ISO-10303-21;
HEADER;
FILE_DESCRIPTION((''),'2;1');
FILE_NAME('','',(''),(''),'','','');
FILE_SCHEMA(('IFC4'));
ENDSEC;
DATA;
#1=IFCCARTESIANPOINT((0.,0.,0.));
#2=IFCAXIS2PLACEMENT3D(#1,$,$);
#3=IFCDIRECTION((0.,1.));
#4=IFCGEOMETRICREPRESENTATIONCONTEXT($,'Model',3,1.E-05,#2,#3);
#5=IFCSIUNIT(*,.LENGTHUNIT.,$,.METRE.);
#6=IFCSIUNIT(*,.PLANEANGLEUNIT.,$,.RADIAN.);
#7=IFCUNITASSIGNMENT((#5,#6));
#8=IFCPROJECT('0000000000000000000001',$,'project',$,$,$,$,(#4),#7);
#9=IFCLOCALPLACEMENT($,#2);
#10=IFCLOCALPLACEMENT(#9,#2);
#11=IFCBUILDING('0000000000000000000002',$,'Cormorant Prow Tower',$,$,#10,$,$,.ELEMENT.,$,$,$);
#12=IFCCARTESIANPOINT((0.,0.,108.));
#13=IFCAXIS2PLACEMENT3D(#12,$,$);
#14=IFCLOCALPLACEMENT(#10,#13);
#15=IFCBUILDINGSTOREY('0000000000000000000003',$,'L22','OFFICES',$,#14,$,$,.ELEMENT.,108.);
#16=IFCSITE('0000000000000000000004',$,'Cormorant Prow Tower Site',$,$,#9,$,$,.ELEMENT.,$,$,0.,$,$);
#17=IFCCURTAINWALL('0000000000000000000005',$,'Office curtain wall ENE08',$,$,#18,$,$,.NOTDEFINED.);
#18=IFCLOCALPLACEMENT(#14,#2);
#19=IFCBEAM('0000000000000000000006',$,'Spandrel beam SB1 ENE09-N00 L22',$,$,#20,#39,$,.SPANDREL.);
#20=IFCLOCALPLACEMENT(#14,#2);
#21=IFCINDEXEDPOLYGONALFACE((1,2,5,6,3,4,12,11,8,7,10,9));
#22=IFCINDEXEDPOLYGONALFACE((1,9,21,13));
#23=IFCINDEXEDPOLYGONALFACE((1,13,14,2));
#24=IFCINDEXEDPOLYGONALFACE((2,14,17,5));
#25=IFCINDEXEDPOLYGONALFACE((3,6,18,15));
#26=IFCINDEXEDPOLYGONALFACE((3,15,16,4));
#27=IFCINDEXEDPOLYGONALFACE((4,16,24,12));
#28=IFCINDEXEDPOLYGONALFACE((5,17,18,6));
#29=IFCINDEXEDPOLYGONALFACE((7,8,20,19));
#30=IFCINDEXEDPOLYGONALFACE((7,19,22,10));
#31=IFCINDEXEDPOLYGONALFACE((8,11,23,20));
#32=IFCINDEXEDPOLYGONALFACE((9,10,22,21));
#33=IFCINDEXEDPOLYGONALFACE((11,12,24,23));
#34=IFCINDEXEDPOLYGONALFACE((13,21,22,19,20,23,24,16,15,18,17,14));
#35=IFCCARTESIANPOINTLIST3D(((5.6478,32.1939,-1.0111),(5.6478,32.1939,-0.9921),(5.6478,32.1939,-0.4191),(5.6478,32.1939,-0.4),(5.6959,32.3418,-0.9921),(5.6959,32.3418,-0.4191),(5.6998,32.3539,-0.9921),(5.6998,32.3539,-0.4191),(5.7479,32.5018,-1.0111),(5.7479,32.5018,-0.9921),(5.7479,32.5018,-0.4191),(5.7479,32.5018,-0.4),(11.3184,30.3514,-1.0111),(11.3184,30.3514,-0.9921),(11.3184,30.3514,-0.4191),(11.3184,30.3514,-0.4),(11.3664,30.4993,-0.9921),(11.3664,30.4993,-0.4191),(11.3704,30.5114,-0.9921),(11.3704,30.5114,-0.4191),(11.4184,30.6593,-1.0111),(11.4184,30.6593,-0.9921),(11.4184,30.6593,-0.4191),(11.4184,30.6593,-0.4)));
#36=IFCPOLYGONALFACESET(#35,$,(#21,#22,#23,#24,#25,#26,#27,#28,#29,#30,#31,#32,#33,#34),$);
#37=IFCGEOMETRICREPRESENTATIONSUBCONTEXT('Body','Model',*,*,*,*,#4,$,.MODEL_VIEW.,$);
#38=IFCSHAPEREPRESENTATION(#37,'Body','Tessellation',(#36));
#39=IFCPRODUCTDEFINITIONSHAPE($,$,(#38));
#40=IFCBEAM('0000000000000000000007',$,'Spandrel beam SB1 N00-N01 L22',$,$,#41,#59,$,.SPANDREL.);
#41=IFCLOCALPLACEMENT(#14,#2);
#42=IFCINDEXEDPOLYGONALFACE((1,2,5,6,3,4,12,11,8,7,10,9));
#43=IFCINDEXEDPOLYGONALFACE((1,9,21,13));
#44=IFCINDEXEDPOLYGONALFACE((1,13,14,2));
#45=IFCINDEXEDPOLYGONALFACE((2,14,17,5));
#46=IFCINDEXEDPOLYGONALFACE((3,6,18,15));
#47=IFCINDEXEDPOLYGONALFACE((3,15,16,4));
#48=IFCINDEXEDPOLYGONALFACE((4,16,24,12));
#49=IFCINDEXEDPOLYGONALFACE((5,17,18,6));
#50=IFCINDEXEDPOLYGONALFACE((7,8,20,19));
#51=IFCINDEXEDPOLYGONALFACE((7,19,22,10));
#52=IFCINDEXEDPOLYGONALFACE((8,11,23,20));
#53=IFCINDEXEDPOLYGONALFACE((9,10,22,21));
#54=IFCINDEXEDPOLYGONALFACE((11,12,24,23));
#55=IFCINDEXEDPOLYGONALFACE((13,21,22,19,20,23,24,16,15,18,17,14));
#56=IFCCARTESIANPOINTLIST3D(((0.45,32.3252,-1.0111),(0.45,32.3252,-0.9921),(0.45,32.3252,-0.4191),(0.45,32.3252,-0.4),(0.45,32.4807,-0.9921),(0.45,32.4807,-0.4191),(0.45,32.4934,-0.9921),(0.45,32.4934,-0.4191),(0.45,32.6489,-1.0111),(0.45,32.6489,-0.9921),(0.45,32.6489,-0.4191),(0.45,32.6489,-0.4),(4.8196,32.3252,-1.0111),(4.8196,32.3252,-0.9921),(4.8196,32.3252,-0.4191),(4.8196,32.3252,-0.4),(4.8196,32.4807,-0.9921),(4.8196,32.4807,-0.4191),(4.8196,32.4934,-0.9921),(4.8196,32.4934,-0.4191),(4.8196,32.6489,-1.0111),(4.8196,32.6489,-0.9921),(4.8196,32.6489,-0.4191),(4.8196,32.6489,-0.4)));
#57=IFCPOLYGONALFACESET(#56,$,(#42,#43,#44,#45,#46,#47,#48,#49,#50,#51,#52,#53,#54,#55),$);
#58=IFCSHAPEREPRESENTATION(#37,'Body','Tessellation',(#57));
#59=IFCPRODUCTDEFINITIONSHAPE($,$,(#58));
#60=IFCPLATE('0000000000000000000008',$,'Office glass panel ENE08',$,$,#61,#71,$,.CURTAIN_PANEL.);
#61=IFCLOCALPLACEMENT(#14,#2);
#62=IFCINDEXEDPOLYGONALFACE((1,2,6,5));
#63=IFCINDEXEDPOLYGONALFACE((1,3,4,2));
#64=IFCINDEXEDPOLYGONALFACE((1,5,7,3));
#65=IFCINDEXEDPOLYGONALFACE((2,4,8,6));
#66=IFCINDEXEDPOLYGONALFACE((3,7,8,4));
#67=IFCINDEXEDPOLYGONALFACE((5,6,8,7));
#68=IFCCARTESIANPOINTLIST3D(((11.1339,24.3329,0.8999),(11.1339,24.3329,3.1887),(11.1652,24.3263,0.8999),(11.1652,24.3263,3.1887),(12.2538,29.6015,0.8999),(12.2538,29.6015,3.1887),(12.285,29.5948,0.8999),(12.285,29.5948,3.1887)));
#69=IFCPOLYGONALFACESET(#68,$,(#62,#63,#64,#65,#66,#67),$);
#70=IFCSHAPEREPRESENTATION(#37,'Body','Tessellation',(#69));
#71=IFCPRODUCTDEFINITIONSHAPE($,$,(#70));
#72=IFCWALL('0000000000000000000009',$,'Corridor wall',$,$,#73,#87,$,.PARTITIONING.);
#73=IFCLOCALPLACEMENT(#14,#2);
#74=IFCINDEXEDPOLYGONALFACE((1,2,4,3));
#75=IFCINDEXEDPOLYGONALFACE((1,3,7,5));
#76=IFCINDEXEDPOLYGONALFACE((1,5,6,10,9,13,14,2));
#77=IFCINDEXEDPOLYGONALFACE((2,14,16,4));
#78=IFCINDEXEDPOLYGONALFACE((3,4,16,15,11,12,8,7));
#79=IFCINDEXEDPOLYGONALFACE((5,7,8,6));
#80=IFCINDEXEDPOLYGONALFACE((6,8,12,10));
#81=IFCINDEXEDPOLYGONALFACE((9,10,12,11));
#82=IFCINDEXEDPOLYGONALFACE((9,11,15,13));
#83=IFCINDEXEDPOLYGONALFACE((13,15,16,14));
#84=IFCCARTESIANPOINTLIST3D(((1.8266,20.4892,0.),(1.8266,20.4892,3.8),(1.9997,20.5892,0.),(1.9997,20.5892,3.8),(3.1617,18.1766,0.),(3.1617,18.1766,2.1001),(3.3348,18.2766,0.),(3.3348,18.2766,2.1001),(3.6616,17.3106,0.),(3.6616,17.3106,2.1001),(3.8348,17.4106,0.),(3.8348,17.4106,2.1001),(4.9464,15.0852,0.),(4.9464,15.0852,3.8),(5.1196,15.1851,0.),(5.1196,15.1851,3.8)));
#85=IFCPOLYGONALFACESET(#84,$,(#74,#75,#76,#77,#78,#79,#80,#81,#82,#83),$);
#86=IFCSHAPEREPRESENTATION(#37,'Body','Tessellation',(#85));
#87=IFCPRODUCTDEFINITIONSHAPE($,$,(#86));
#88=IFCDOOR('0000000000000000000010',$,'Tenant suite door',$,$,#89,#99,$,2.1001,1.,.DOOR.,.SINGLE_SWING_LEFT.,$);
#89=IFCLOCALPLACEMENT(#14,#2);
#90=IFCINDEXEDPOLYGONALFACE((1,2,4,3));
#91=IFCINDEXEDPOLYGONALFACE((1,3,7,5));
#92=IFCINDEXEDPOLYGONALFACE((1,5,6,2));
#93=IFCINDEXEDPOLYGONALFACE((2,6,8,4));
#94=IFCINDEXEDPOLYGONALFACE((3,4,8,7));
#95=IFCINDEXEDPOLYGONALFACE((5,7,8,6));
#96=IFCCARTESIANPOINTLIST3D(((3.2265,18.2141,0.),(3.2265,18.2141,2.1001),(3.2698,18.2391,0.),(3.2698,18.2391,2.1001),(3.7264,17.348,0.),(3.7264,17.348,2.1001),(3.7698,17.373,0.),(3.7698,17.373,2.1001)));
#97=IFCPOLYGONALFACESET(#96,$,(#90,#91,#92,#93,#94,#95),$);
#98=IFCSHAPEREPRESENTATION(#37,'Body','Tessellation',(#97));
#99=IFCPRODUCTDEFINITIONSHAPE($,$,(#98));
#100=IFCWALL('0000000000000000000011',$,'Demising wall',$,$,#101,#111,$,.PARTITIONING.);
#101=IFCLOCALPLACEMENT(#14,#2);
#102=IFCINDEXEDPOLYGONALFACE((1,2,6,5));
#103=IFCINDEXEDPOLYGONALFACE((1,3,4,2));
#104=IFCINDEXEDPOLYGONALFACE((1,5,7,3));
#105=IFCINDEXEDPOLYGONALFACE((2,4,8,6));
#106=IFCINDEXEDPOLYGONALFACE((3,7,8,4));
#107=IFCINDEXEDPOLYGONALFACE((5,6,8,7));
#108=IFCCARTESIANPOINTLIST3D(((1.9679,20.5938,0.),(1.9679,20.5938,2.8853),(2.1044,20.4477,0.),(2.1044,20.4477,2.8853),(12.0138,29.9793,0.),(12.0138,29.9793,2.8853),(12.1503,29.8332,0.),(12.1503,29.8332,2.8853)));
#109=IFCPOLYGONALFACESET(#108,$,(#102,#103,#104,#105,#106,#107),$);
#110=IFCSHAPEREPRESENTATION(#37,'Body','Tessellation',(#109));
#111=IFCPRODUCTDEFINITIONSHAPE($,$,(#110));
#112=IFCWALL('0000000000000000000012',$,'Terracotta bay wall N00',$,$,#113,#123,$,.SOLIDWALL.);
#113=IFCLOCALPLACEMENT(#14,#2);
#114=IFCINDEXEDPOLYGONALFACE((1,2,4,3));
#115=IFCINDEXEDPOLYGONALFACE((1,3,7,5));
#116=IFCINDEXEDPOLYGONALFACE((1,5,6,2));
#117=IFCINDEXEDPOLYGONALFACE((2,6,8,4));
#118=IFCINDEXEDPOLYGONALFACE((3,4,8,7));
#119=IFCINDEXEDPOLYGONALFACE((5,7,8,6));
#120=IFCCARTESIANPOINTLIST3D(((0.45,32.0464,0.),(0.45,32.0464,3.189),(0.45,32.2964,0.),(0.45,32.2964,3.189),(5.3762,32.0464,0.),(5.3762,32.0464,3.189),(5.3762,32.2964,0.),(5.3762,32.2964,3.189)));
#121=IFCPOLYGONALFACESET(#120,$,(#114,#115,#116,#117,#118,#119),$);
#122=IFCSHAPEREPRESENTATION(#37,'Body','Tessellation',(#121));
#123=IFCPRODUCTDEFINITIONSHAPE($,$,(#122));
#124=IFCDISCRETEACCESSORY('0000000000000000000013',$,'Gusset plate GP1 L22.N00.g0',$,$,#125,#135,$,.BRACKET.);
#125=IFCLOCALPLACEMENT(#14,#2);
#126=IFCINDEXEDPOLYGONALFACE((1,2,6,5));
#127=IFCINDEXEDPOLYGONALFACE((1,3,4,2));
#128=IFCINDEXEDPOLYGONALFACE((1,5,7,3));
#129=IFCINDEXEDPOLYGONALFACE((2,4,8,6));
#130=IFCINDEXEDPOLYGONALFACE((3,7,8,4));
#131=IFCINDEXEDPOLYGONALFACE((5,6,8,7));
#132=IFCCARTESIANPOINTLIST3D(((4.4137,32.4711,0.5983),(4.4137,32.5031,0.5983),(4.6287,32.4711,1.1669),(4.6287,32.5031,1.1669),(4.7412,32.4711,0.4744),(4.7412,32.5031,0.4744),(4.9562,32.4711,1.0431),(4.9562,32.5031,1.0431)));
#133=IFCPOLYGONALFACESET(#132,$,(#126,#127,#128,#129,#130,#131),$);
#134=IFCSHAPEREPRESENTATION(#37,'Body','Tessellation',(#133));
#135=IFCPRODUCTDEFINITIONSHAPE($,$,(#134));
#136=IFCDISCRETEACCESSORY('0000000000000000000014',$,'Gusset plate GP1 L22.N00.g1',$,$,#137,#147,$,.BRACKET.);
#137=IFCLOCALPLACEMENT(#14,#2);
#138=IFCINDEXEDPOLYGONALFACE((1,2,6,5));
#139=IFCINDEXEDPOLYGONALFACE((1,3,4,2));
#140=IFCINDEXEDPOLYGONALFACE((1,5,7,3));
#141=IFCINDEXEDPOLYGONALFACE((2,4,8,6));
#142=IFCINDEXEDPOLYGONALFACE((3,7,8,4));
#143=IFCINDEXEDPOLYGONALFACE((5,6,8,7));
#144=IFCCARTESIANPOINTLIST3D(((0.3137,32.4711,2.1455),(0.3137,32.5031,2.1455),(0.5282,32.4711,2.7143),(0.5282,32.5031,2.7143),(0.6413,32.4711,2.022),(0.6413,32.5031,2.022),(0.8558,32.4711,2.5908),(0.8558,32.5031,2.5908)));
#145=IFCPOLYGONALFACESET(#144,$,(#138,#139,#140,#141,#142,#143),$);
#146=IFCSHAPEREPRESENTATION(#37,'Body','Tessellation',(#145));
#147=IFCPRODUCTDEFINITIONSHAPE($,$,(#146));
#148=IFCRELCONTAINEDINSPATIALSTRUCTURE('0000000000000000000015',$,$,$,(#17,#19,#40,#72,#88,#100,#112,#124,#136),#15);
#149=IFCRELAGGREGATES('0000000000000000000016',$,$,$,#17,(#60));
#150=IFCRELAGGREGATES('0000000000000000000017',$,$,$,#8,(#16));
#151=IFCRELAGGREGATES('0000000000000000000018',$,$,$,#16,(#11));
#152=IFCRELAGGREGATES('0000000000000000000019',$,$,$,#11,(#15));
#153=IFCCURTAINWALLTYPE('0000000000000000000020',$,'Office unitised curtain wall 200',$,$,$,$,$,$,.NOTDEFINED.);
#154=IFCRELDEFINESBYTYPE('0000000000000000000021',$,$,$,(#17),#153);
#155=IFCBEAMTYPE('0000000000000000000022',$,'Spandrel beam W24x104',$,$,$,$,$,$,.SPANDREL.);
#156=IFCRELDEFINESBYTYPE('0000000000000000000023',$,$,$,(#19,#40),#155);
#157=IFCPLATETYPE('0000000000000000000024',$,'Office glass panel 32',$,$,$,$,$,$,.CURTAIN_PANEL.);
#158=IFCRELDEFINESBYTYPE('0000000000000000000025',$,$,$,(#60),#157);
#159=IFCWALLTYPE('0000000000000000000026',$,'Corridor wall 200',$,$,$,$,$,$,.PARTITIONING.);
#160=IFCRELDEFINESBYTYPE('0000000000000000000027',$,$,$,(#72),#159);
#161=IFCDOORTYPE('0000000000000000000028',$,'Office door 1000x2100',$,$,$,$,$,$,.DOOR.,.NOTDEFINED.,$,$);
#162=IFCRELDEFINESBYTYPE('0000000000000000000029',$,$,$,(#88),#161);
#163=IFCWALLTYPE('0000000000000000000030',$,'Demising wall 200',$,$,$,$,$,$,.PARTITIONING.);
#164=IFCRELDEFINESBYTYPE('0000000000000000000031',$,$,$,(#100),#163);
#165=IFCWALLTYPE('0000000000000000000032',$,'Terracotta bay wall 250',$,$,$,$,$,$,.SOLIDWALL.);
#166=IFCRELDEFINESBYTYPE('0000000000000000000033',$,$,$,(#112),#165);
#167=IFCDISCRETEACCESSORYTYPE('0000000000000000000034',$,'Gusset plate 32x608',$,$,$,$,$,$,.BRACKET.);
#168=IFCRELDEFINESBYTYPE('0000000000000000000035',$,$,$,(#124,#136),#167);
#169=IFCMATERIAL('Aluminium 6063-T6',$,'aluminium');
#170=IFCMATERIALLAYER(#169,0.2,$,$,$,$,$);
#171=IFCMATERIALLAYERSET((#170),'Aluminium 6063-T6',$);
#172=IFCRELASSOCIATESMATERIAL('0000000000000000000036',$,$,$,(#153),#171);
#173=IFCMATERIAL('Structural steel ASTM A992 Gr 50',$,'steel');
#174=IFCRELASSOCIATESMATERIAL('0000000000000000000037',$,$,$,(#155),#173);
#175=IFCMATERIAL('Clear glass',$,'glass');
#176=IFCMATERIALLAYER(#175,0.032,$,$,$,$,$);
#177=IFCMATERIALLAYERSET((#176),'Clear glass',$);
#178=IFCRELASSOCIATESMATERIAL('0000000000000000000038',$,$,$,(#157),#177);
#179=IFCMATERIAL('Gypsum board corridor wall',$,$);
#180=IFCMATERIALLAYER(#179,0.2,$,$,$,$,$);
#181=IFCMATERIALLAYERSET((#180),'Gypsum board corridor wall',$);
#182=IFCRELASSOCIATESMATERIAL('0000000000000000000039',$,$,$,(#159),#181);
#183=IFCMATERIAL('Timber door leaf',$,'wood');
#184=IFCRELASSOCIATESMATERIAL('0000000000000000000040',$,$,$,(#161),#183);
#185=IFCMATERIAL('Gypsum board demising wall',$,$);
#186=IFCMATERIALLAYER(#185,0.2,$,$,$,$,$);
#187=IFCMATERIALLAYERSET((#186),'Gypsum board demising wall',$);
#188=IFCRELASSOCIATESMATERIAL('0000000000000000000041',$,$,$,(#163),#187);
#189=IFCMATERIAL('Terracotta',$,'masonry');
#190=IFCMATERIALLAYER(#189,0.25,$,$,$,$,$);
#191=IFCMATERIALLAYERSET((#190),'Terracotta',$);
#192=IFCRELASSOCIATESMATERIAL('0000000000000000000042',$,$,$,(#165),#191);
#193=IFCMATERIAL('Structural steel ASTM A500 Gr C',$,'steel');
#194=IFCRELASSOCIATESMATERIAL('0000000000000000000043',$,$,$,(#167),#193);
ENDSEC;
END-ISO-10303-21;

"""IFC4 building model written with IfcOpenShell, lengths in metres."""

from ifc_helpers import new_model, si_unit, direction, frame, frame_2d, origin, origin_2d, place, context, subcontext, project, spatial, rectangle, i_section, extrude, material, layer, layer_set, material_profile, profile_set, type_object, element, fill, aggregate, save


model = new_model("IFC4")

# Units and contexts
model_context = context("Model", 3, precision=1e-05, world=origin(), true_north=direction((0.0, 1.0)))
body_context = subcontext(model_context, "Body", "Model", "MODEL_VIEW")
ifc_project = project(units=[si_unit("LENGTHUNIT", "METRE"), si_unit("PLANEANGLEUNIT", "RADIAN")], contexts=[model_context])

# Site, building, storey
site_placement = place(None, origin())
site = spatial("IfcSite", under=ifc_project, at=site_placement, Name="Cormorant Prow Tower Site", CompositionType="ELEMENT", RefElevation=0.0)
building_placement = place(site_placement, origin())
building = spatial("IfcBuilding", under=site, at=building_placement, Name="Cormorant Prow Tower", CompositionType="ELEMENT")
storey_placement = place(building_placement, frame((0.0, 0.0, 108.0)))
storey = spatial("IfcBuildingStorey", under=building, at=storey_placement, Name="L22", Description="OFFICES", CompositionType="ELEMENT", Elevation=108.0)

# Curtain wall
ifc_material_1 = material(Name="Aluminium 6063-T6", Category="aluminium")
ifc_layer_1 = layer(ifc_material_1, 0.2)
ifc_layer_set_1 = layer_set([ifc_layer_1], Name="Aluminium 6063-T6")
curtain_wall_type = type_object("IfcCurtainWallType", Name="Office unitised curtain wall 200", PredefinedType="NOTDEFINED", material=ifc_layer_set_1)
curtain_wall_placement = place(storey_placement, origin())
curtain_wall = element("IfcCurtainWall", 1, at=curtain_wall_placement, inside=storey, type_object=curtain_wall_type, Name="Office curtain wall ENE08", PredefinedType="NOTDEFINED")

# Beams
ifc_material_2 = material(Name="Structural steel ASTM A992 Gr 50", Category="steel")
ifc_material_profile_1 = material_profile(ifc_material_2, i_section(OverallWidth=0.3237, OverallDepth=0.6111, WebThickness=0.0127, FlangeThickness=0.019, at=origin_2d()), Name="W24x104")
ifc_profile_set_1 = profile_set([ifc_material_profile_1], Name="Structural steel ASTM A992 Gr 50")
beam_type_1 = type_object("IfcBeamType", Name="Spandrel beam W24x104", PredefinedType="SPANDREL", material=ifc_profile_set_1)
beam_1_placement = place(storey_placement, frame((11.3684, 30.5054, -0.7056), z_axis=(-0.951055, 0.30902, 0.0), x_axis=(-0.30902, -0.951055, 0.0)))
element("IfcBeam", 2, at=beam_1_placement, inside=storey, type_object=beam_type_1, Name="Spandrel beam SB1 ENE09-N00 L22", PredefinedType="SPANDREL", context=body_context, shape_type="SweptSolid", body=[
    extrude(i_section(OverallWidth=0.3237, OverallDepth=0.6111, WebThickness=0.0127, FlangeThickness=0.019, at=origin_2d()), origin(), (0.0, 0.0, 1.0), 5.9624),
])
beam_2_placement = place(storey_placement, frame((4.8196, 32.4871, -0.7056), z_axis=(-1.0, 0.0, 0.0), x_axis=(0.0, -1.0, 0.0)))
element("IfcBeam", 3, at=beam_2_placement, inside=storey, type_object=beam_type_1, Name="Spandrel beam SB1 N00-N01 L22", PredefinedType="SPANDREL", context=body_context, shape_type="SweptSolid", body=[
    extrude(i_section(OverallWidth=0.3237, OverallDepth=0.6111, WebThickness=0.0127, FlangeThickness=0.019, at=origin_2d()), origin(), (0.0, 0.0, 1.0), 4.3696),
])

# Plate
ifc_material_3 = material(Name="Clear glass", Category="glass")
ifc_layer_2 = layer(ifc_material_3, 0.032)
ifc_layer_set_2 = layer_set([ifc_layer_2], Name="Clear glass")
plate_type = type_object("IfcPlateType", Name="Office glass panel 32", PredefinedType="CURTAIN_PANEL", material=ifc_layer_set_2)
plate_placement = place(storey_placement, frame((11.7095, 26.9639, 0.8999), z_axis=(0.0, 0.0, 1.0), x_axis=(0.207912, 0.978148, 0.0)))
plate = element("IfcPlate", 4, at=plate_placement, type_object=plate_type, Name="Office glass panel ENE08", PredefinedType="CURTAIN_PANEL", context=body_context, shape_type="SweptSolid", body=[
    extrude(rectangle(XDim=5.3862, YDim=0.032, at=origin_2d()), origin(), (0.0, 0.0, 1.0), 2.2888),
])
aggregate(curtain_wall, [plate])

# Wall, opening, door
ifc_material_4 = material(Name="Gypsum board corridor wall")
ifc_layer_3 = layer(ifc_material_4, 0.2)
ifc_layer_set_3 = layer_set([ifc_layer_3], Name="Gypsum board corridor wall")
wall_type_1 = type_object("IfcWallType", Name="Corridor wall 200", PredefinedType="PARTITIONING", material=ifc_layer_set_3)
wall_1_placement = place(storey_placement, frame((1.9131, 20.5393, 0.0), z_axis=(0.0, 0.0, 1.0), x_axis=(0.499981, -0.866036, 0.0)))
wall_1 = element("IfcWall", 5, at=wall_1_placement, inside=storey, type_object=wall_type_1, Name="Corridor wall", PredefinedType="PARTITIONING", context=body_context, shape_type="SweptSolid", body=[
    extrude(rectangle(XDim=6.24, YDim=0.2, at=frame_2d((3.1201, 0.0))), origin(), (0.0, 0.0, 1.0), 3.8),
])
opening_1_placement = place(wall_1_placement, frame((2.6704, 0.0, 0.0)))
opening_1 = element("IfcOpeningElement", 6, at=opening_1_placement, cuts=wall_1, PredefinedType="OPENING", context=body_context, shape_type="SweptSolid", body=[
    extrude(rectangle(XDim=1.0, YDim=2.1001, at=frame_2d((0.5, 1.05))), frame((0.0, 0.1099, 0.0), z_axis=(0.0, -1.0, 0.0), x_axis=(1.0, 0.0, 0.0)), (0.0, 0.0, 1.0), 0.22),
])
ifc_material_5 = material(Name="Timber door leaf", Category="wood")
door_type_1 = type_object("IfcDoorType", Name="Office door 1000x2100", OperationType="NOTDEFINED", PredefinedType="DOOR", material=ifc_material_5)
door_1_placement = place(opening_1_placement, origin())
door_1 = element("IfcDoor", 7, at=door_1_placement, inside=storey, type_object=door_type_1, Name="Tenant suite door", OperationType="SINGLE_SWING_LEFT", OverallHeight=2.1001, OverallWidth=1.0, PredefinedType="DOOR", context=body_context, shape_type="SweptSolid", body=[
    extrude(rectangle(XDim=1.0, YDim=2.1001, at=frame_2d((0.5, 1.05))), frame((0.0, 0.0249, 0.0), z_axis=(0.0, -1.0, 0.0), x_axis=(1.0, 0.0, 0.0)), (0.0, 0.0, 1.0), 0.05),
])
fill(opening_1, door_1)

# Walls
ifc_material_6 = material(Name="Gypsum board demising wall")
ifc_layer_4 = layer(ifc_material_6, 0.2)
ifc_layer_set_4 = layer_set([ifc_layer_4], Name="Gypsum board demising wall")
wall_type_2 = type_object("IfcWallType", Name="Demising wall 200", PredefinedType="PARTITIONING", material=ifc_layer_set_4)
wall_2_placement = place(storey_placement, frame((2.0361, 20.5208, 0.0), z_axis=(0.0, 0.0, 1.0), x_axis=(0.730717, 0.682681, 0.0)))
element("IfcWall", 8, at=wall_2_placement, inside=storey, type_object=wall_type_2, Name="Demising wall", PredefinedType="PARTITIONING", context=body_context, shape_type="SweptSolid", body=[
    extrude(rectangle(XDim=13.748, YDim=0.2, at=frame_2d((6.874, 0.0))), origin(), (0.0, 0.0, 1.0), 2.8853),
])
ifc_material_7 = material(Name="Terracotta", Category="masonry")
ifc_layer_5 = layer(ifc_material_7, 0.25)
ifc_layer_set_5 = layer_set([ifc_layer_5], Name="Terracotta")
wall_type_3 = type_object("IfcWallType", Name="Terracotta bay wall 250", PredefinedType="SOLIDWALL", material=ifc_layer_set_5)
wall_3_placement = place(storey_placement, frame((5.3762, 32.1714, 0.0), z_axis=(0.0, 0.0, 1.0), x_axis=(-1.0, 0.0, 0.0)))
element("IfcWall", 9, at=wall_3_placement, inside=storey, type_object=wall_type_3, Name="Terracotta bay wall N00", PredefinedType="SOLIDWALL", context=body_context, shape_type="SweptSolid", body=[
    extrude(rectangle(XDim=4.9263, YDim=0.25, at=frame_2d((2.4631, 0.0))), origin(), (0.0, 0.0, 1.0), 3.189),
])

# Discrete accessories
ifc_material_8 = material(Name="Structural steel ASTM A500 Gr C", Category="steel")
ifc_material_profile_2 = material_profile(ifc_material_8, rectangle(XDim=0.032, YDim=0.6079, at=origin_2d()), Name="Gusset plate 32x608")
ifc_profile_set_2 = profile_set([ifc_material_profile_2], Name="Structural steel ASTM A500 Gr C")
discrete_accessory_type = type_object("IfcDiscreteAccessoryType", Name="Gusset plate 32x608", PredefinedType="BRACKET", material=ifc_profile_set_2)
for number, where, z_axis, x_axis, name in (
    (10, (4.5212, 32.4871, 0.8826), (0.93538, 0.0, -0.353645), (0.0, 1.0, 0.0), "Gusset plate GP1 L22.N00.g0"),
    (11, (0.7485, 32.4871, 2.3064), (-0.935697, 0.0, 0.352804), (0.0, -1.0, 0.0), "Gusset plate GP1 L22.N00.g1"),
):
    element("IfcDiscreteAccessory", number, at=place(storey_placement, frame(where, z_axis=z_axis, x_axis=x_axis)), inside=storey, type_object=discrete_accessory_type, Name=name, PredefinedType="BRACKET", context=body_context, shape_type="SweptSolid", body=[
        extrude(rectangle(XDim=0.032, YDim=0.6079, at=origin_2d()), origin(), (0.0, 0.0, 1.0), 0.3501),
    ])

save(model, "model.ifc")
